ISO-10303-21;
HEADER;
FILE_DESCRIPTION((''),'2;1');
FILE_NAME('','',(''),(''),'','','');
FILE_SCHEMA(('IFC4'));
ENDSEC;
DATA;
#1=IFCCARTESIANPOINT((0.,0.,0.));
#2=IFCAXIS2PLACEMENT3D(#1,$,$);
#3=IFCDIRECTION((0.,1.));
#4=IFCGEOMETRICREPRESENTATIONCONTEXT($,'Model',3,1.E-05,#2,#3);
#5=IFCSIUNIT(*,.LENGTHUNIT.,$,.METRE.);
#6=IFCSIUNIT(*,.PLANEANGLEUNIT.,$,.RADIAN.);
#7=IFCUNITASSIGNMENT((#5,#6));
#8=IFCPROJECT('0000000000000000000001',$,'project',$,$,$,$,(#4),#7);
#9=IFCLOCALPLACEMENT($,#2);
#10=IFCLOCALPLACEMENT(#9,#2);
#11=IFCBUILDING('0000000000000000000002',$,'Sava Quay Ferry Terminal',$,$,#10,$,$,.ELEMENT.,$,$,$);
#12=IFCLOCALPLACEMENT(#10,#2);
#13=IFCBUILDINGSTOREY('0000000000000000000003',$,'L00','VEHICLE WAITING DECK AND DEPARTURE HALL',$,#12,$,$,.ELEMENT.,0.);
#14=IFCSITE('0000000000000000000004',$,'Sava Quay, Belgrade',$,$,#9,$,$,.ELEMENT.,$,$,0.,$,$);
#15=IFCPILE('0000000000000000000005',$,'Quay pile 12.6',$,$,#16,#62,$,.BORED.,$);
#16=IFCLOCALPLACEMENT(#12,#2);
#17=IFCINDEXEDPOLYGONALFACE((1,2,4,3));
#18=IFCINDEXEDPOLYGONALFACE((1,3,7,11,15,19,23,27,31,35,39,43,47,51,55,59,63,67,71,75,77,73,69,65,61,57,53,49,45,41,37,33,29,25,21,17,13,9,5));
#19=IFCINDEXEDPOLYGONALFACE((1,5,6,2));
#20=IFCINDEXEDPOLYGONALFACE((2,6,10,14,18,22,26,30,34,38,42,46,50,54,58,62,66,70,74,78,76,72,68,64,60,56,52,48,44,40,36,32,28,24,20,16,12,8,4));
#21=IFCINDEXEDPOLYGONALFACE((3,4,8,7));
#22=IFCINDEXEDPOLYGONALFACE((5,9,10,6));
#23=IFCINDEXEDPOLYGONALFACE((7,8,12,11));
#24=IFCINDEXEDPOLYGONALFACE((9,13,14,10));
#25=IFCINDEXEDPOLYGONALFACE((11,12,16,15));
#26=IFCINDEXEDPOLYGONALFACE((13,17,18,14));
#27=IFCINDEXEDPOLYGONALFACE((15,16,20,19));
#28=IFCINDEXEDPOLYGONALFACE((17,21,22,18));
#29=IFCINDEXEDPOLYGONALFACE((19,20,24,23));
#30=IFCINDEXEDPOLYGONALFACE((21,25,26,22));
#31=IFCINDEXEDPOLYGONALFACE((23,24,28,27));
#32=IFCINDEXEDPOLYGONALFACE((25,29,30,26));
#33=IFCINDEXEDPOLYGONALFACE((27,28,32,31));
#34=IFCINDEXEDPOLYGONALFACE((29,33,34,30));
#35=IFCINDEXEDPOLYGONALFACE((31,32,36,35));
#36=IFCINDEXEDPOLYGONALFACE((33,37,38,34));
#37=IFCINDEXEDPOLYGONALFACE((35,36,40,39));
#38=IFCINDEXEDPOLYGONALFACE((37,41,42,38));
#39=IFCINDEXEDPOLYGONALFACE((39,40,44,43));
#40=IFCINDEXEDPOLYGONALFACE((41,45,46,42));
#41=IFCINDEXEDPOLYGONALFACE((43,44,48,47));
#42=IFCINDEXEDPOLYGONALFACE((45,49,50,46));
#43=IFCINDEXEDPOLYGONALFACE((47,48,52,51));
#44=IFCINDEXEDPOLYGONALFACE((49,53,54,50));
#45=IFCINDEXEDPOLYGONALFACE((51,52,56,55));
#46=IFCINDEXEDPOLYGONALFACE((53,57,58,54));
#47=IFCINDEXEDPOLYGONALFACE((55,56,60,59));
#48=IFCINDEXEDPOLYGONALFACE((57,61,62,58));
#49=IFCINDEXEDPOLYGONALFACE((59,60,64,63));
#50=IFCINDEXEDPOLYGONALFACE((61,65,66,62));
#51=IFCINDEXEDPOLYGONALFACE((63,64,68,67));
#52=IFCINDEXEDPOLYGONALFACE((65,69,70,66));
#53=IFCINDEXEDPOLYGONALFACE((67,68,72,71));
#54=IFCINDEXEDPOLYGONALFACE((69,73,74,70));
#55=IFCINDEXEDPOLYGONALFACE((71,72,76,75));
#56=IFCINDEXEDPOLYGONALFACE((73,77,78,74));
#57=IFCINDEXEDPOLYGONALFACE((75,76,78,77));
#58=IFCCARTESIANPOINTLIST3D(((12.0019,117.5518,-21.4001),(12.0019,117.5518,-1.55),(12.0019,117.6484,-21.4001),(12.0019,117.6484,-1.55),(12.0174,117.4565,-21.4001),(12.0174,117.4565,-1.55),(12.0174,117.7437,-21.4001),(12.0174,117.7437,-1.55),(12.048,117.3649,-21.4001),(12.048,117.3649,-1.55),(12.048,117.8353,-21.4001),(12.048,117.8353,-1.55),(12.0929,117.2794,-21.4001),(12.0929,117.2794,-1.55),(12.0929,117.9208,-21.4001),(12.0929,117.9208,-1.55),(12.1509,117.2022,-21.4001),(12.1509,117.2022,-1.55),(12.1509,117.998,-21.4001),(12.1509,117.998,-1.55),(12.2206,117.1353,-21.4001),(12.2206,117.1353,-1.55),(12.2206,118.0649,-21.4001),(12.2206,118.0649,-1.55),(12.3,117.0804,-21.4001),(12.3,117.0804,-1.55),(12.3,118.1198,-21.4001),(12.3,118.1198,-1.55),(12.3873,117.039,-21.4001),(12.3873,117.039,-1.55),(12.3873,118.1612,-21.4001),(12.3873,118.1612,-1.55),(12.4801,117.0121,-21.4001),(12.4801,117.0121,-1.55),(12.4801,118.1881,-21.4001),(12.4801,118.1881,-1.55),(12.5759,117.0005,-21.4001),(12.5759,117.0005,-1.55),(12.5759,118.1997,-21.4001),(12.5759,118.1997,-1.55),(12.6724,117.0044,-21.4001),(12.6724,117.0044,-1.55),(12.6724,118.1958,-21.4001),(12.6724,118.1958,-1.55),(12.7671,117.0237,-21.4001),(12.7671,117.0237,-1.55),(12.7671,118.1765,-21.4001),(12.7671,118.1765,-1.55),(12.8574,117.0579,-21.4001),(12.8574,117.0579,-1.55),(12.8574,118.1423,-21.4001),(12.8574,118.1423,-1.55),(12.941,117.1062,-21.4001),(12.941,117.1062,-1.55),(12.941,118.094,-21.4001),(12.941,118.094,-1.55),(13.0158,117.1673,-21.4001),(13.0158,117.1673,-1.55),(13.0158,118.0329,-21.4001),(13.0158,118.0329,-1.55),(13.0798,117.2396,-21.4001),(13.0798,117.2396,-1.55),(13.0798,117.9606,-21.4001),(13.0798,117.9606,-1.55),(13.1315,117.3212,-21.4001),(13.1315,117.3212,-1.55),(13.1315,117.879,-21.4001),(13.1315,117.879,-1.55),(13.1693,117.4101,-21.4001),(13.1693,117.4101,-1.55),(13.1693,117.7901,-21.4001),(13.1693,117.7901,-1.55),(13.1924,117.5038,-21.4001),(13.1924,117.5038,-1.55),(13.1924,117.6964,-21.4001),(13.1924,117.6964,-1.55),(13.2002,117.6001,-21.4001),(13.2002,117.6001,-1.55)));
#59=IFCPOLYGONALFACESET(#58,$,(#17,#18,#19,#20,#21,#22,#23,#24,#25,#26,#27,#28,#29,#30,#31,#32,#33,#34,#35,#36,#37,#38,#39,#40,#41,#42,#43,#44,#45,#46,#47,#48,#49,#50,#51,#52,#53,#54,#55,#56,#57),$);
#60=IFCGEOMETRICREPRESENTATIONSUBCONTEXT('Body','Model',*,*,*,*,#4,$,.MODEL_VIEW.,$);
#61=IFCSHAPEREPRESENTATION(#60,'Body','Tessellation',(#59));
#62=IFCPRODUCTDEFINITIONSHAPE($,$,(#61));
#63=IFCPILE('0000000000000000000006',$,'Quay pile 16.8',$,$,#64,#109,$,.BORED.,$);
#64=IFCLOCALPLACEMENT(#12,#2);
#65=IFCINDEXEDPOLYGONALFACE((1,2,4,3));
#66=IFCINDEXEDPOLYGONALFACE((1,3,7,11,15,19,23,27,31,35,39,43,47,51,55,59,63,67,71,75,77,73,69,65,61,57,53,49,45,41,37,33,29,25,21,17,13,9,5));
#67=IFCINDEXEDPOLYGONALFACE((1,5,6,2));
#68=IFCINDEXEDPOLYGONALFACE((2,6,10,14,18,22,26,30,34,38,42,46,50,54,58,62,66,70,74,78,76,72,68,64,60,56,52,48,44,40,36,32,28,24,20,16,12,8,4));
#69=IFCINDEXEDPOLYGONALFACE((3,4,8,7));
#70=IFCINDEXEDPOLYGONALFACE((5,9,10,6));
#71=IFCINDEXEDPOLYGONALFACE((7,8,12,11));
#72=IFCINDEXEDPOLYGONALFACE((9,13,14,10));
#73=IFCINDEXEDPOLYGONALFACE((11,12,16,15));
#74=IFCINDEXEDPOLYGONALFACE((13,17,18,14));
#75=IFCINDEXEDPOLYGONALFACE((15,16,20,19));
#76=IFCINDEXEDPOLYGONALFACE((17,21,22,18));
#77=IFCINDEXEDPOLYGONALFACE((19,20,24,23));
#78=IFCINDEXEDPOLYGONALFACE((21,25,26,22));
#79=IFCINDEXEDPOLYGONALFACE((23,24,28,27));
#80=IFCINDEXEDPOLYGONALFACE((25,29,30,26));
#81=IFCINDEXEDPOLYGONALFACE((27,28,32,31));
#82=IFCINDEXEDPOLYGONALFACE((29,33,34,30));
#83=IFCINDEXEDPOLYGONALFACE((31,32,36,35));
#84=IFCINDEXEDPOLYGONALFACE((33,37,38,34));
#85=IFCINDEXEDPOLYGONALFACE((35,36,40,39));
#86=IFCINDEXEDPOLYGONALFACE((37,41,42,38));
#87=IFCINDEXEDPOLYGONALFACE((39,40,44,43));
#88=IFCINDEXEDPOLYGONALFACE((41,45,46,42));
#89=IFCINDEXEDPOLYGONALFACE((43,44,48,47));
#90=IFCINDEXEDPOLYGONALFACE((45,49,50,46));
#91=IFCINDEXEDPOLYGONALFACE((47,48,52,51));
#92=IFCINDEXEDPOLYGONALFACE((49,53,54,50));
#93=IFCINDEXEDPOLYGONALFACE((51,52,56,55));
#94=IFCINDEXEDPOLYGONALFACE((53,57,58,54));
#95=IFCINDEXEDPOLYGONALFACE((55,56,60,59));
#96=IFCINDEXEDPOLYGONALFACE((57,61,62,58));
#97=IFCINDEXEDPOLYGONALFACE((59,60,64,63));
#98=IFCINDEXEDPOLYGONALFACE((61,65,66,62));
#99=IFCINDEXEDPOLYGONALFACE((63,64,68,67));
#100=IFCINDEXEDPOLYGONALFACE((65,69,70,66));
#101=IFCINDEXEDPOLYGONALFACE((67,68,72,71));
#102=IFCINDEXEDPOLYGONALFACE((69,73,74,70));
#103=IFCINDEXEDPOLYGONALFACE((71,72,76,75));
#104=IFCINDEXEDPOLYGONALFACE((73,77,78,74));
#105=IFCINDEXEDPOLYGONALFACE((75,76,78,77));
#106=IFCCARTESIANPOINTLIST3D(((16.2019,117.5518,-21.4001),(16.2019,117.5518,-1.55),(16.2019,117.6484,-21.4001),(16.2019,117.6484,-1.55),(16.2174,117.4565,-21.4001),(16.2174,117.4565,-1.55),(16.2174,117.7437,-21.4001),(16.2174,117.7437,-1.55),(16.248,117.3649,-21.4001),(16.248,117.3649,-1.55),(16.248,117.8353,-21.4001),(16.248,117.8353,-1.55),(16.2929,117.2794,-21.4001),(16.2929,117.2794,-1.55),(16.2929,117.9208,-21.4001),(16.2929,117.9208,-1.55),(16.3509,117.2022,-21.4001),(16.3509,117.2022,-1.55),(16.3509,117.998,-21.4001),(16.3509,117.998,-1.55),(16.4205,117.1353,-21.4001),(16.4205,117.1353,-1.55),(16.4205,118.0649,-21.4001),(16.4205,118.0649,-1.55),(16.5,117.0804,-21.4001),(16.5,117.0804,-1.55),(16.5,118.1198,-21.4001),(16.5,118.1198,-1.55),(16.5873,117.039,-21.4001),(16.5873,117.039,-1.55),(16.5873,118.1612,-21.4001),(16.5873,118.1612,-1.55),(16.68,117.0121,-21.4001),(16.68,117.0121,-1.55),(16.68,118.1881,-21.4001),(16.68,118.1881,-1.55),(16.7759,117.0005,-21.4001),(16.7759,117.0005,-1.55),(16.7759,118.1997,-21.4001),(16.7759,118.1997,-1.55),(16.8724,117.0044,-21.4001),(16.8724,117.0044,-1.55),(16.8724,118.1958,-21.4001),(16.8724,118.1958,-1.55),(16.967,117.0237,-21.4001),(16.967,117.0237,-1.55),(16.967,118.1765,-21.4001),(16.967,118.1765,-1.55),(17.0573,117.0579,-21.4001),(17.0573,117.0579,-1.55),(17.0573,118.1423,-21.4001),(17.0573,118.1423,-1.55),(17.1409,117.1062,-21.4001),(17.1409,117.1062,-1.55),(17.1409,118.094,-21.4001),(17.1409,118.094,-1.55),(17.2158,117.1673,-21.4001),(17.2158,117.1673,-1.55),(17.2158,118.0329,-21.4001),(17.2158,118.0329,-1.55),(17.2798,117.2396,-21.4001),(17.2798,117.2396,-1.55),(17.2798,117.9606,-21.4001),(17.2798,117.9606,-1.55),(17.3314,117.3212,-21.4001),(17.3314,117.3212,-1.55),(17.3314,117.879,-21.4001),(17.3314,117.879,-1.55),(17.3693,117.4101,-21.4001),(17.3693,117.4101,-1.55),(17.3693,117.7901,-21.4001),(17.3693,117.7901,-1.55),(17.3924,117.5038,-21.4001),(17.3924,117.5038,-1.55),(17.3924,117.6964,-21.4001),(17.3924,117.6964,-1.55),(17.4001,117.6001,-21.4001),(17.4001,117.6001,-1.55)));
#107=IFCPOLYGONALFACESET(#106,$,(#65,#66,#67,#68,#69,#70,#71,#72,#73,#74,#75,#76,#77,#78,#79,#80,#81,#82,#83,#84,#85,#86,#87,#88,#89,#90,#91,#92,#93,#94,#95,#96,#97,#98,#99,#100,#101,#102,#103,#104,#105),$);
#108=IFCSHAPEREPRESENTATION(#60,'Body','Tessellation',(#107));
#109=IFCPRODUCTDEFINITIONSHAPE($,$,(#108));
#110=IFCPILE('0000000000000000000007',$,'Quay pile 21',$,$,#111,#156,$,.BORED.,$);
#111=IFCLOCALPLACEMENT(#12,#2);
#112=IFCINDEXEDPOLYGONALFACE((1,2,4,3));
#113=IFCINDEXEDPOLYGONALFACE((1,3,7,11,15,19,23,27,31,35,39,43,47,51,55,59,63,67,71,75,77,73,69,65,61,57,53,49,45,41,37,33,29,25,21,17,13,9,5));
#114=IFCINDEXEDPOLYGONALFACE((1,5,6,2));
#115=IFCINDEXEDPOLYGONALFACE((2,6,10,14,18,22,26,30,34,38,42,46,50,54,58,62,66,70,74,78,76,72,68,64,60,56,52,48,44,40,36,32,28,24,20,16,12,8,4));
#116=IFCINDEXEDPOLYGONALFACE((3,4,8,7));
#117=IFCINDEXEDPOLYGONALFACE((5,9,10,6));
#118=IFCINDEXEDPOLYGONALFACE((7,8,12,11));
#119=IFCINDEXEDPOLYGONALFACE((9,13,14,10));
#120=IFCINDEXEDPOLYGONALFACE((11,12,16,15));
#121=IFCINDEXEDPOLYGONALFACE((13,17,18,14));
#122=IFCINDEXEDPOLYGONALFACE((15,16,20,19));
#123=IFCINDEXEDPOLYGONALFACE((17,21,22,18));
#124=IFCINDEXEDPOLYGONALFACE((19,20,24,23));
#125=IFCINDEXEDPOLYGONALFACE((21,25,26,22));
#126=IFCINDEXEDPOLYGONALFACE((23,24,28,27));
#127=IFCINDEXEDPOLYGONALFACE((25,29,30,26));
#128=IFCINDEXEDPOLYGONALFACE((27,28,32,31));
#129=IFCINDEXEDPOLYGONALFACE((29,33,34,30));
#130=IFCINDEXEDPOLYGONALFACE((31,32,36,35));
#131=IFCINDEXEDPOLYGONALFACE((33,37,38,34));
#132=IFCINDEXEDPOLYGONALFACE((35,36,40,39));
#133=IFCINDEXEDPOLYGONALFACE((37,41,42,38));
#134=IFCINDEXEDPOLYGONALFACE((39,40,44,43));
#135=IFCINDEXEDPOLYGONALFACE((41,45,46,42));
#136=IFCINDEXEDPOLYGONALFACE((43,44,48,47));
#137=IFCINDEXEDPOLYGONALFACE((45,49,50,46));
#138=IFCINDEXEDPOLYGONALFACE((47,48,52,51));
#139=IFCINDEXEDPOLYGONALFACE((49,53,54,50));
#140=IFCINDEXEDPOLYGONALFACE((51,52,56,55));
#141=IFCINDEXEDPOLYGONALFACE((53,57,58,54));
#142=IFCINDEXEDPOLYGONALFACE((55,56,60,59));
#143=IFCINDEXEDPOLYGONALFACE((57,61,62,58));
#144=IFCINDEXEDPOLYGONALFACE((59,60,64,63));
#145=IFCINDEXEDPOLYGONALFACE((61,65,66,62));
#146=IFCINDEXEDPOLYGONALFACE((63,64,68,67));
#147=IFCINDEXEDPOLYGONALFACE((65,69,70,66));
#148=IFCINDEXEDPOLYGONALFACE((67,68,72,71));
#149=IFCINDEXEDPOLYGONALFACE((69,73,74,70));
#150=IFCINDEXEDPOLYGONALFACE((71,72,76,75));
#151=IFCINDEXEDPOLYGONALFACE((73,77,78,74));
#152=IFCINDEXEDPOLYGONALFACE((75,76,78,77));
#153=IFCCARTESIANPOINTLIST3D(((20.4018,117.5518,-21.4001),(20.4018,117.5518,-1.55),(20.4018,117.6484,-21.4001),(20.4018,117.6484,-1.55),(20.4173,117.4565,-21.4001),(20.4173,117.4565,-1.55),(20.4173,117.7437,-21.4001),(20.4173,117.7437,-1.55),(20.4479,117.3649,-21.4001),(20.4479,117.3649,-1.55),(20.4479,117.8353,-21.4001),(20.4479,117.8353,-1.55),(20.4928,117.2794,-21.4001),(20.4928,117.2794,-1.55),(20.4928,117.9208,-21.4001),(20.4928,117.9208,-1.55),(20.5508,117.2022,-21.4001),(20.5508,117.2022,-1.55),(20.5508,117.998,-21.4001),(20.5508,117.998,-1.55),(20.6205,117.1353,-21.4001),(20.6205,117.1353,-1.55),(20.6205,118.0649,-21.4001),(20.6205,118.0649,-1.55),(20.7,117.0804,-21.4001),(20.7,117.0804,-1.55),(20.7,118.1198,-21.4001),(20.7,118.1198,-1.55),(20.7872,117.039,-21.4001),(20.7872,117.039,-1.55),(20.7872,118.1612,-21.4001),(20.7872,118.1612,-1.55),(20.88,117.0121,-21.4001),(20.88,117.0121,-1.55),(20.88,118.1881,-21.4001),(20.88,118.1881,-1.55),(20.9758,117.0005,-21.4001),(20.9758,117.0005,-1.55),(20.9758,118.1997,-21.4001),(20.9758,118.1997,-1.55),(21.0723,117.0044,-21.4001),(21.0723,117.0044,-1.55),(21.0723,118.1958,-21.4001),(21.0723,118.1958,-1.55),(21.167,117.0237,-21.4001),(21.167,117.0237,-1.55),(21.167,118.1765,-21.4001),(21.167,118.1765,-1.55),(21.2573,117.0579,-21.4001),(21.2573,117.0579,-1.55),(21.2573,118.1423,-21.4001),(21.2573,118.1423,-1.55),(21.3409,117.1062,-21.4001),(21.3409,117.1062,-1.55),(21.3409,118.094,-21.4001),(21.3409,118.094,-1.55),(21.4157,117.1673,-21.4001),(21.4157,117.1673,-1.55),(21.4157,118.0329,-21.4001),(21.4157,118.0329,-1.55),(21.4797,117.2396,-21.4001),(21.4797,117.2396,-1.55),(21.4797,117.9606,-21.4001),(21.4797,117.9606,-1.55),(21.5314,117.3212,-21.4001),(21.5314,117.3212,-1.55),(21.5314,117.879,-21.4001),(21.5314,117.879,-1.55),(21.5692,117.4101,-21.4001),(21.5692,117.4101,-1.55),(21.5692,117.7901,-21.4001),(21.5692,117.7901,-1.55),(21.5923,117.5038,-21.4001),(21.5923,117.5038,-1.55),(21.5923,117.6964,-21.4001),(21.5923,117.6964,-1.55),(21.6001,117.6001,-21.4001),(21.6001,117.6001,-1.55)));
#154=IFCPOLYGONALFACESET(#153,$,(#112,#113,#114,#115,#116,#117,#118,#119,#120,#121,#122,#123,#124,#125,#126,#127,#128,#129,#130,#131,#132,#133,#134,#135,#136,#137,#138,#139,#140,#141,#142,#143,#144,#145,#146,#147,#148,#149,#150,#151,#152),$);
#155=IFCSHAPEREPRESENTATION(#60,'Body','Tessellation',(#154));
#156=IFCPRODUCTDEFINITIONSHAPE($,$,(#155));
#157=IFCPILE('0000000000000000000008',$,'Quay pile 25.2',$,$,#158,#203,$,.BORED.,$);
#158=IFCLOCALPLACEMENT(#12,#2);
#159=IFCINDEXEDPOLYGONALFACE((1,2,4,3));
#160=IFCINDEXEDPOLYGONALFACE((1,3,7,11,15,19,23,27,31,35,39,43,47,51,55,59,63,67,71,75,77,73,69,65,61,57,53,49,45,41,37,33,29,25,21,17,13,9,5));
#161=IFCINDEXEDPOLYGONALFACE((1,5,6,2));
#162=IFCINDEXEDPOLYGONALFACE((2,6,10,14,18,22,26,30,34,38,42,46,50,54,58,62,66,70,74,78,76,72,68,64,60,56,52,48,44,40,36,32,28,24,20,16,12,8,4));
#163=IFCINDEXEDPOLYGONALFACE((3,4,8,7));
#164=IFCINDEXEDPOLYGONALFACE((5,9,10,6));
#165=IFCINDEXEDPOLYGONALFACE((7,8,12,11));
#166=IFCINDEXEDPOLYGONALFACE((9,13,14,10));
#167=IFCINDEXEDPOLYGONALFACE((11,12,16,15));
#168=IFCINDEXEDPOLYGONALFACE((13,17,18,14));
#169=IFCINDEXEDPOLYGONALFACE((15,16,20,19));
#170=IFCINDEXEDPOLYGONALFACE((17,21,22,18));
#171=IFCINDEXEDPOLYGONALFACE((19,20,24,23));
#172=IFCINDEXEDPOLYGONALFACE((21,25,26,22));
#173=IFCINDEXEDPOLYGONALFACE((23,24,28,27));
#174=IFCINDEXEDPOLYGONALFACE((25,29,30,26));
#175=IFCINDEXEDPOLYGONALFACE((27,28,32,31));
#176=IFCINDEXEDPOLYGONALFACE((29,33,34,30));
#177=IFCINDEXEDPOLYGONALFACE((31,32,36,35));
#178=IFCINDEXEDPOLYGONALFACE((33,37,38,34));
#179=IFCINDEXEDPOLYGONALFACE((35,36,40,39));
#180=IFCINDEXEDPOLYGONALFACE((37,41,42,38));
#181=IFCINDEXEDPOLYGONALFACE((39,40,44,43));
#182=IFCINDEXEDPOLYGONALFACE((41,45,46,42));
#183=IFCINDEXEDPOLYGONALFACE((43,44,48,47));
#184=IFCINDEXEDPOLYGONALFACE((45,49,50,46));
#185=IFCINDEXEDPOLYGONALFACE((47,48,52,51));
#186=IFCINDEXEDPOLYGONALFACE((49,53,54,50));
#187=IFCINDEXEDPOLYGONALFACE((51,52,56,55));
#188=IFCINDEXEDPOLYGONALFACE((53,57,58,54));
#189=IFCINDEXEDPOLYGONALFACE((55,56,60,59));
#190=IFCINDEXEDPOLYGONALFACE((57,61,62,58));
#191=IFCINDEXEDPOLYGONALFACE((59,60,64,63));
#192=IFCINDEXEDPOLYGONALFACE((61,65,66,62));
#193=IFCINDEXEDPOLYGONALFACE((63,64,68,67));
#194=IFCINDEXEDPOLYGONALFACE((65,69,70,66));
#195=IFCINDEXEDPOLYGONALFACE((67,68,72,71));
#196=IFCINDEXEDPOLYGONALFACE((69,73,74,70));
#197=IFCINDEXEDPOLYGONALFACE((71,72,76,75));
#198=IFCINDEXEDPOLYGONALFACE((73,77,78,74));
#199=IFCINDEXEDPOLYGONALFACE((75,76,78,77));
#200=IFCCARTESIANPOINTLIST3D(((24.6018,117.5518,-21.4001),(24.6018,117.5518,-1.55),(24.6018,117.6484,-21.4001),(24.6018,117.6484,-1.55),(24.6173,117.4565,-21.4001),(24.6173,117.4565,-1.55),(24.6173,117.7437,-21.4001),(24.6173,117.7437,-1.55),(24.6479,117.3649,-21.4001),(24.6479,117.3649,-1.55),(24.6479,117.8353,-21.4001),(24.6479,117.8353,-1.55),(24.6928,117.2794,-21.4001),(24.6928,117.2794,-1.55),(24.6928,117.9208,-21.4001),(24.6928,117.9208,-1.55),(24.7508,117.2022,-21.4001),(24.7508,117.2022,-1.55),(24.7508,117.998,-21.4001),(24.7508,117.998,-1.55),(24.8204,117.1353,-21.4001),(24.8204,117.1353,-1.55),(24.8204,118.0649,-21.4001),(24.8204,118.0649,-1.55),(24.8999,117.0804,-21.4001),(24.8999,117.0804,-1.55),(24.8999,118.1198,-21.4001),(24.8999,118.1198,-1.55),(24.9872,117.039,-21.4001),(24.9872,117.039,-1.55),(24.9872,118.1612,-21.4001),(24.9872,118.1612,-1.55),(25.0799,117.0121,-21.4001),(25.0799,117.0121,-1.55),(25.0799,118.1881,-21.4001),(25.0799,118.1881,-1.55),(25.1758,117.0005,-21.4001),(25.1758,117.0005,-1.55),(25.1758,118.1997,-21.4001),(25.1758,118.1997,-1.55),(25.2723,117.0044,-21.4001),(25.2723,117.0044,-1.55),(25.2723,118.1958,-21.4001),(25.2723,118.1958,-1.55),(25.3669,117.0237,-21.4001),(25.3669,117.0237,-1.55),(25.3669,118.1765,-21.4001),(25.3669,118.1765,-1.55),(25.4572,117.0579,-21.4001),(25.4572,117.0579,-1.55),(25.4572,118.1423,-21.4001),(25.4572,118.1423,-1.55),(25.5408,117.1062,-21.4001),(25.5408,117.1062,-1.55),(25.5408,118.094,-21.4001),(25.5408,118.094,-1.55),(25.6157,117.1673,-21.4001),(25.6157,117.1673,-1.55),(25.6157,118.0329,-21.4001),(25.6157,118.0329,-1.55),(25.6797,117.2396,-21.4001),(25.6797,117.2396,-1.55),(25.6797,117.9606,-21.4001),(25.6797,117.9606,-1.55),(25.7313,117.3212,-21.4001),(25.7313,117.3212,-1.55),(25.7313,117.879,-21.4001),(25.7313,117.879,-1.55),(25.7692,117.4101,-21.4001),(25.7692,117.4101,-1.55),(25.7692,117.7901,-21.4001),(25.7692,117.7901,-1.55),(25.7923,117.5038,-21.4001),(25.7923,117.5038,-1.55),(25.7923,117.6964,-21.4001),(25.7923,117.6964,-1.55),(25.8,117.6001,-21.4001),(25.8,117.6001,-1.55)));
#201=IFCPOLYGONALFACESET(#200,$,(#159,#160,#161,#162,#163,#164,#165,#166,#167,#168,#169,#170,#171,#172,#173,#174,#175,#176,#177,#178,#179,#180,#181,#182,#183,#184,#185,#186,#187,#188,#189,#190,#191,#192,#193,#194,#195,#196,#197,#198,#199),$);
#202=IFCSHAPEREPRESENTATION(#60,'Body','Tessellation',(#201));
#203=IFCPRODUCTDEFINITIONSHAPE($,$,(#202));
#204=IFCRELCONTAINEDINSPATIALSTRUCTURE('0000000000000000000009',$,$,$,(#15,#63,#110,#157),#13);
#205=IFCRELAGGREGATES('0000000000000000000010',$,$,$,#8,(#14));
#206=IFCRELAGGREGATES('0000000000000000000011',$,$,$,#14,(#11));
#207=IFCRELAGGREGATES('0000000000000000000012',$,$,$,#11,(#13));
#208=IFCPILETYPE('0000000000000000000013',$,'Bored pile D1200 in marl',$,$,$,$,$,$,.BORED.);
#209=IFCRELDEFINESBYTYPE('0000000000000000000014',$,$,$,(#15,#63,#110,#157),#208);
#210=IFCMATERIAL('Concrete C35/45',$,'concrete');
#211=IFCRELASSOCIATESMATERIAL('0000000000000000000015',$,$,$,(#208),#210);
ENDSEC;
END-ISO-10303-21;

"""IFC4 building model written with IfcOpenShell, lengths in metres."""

from ifc_helpers import new_model, si_unit, direction, frame, origin, origin_2d, place, context, subcontext, project, spatial, circle, extrude, material, material_profile, profile_set, type_object, element, save


model = new_model("IFC4")

# Units and contexts
model_context = context("Model", 3, precision=1e-05, world=origin(), true_north=direction((0.0, 1.0)))
body_context = subcontext(model_context, "Body", "Model", "MODEL_VIEW")
ifc_project = project(units=[si_unit("LENGTHUNIT", "METRE"), si_unit("PLANEANGLEUNIT", "RADIAN")], contexts=[model_context])

# Site, building, storey
site_placement = place(None, origin())
site = spatial("IfcSite", under=ifc_project, at=site_placement, Name="Sava Quay, Belgrade", CompositionType="ELEMENT", RefElevation=0.0)
building_placement = place(site_placement, origin())
building = spatial("IfcBuilding", under=site, at=building_placement, Name="Sava Quay Ferry Terminal", CompositionType="ELEMENT")
storey_placement = place(building_placement, origin())
storey = spatial("IfcBuildingStorey", under=building, at=storey_placement, Name="L00", Description="VEHICLE WAITING DECK AND DEPARTURE HALL", CompositionType="ELEMENT", Elevation=0.0)

# Piles
ifc_material_1 = material(Name="Concrete C35/45", Category="concrete")
ifc_material_profile = material_profile(ifc_material_1, circle(Radius=0.6001, at=origin_2d()), Name="Bored pile D1200 in marl")
ifc_profile_set = profile_set([ifc_material_profile], Name="Concrete C35/45")
pile_type = type_object("IfcPileType", Name="Bored pile D1200 in marl", PredefinedType="BORED", material=ifc_profile_set)
for number, where, z_axis, x_axis, name in (
    (1, (12.6001, 117.6001, -1.55), (0.0, 0.0, -1.0), (1.0, 0.0, 0.0), "Quay pile 12.6"),
    (2, (16.8, 117.6001, -1.55), (0.0, 0.0, -1.0), (1.0, 0.0, 0.0), "Quay pile 16.8"),
    (3, (21.0, 117.6001, -1.55), (0.0, 0.0, -1.0), (1.0, 0.0, 0.0), "Quay pile 21"),
    (4, (25.2, 117.6001, -1.55), (0.0, 0.0, -1.0), (1.0, 0.0, 0.0), "Quay pile 25.2"),
):
    element("IfcPile", number, at=place(storey_placement, frame(where, z_axis=z_axis, x_axis=x_axis)), inside=storey, type_object=pile_type, Name=name, PredefinedType="BORED", context=body_context, shape_type="SweptSolid", body=[
        extrude(circle(Radius=0.6001, at=origin_2d()), origin(), (0.0, 0.0, 1.0), 19.8501),
    ])

save(model, "model.ifc")
